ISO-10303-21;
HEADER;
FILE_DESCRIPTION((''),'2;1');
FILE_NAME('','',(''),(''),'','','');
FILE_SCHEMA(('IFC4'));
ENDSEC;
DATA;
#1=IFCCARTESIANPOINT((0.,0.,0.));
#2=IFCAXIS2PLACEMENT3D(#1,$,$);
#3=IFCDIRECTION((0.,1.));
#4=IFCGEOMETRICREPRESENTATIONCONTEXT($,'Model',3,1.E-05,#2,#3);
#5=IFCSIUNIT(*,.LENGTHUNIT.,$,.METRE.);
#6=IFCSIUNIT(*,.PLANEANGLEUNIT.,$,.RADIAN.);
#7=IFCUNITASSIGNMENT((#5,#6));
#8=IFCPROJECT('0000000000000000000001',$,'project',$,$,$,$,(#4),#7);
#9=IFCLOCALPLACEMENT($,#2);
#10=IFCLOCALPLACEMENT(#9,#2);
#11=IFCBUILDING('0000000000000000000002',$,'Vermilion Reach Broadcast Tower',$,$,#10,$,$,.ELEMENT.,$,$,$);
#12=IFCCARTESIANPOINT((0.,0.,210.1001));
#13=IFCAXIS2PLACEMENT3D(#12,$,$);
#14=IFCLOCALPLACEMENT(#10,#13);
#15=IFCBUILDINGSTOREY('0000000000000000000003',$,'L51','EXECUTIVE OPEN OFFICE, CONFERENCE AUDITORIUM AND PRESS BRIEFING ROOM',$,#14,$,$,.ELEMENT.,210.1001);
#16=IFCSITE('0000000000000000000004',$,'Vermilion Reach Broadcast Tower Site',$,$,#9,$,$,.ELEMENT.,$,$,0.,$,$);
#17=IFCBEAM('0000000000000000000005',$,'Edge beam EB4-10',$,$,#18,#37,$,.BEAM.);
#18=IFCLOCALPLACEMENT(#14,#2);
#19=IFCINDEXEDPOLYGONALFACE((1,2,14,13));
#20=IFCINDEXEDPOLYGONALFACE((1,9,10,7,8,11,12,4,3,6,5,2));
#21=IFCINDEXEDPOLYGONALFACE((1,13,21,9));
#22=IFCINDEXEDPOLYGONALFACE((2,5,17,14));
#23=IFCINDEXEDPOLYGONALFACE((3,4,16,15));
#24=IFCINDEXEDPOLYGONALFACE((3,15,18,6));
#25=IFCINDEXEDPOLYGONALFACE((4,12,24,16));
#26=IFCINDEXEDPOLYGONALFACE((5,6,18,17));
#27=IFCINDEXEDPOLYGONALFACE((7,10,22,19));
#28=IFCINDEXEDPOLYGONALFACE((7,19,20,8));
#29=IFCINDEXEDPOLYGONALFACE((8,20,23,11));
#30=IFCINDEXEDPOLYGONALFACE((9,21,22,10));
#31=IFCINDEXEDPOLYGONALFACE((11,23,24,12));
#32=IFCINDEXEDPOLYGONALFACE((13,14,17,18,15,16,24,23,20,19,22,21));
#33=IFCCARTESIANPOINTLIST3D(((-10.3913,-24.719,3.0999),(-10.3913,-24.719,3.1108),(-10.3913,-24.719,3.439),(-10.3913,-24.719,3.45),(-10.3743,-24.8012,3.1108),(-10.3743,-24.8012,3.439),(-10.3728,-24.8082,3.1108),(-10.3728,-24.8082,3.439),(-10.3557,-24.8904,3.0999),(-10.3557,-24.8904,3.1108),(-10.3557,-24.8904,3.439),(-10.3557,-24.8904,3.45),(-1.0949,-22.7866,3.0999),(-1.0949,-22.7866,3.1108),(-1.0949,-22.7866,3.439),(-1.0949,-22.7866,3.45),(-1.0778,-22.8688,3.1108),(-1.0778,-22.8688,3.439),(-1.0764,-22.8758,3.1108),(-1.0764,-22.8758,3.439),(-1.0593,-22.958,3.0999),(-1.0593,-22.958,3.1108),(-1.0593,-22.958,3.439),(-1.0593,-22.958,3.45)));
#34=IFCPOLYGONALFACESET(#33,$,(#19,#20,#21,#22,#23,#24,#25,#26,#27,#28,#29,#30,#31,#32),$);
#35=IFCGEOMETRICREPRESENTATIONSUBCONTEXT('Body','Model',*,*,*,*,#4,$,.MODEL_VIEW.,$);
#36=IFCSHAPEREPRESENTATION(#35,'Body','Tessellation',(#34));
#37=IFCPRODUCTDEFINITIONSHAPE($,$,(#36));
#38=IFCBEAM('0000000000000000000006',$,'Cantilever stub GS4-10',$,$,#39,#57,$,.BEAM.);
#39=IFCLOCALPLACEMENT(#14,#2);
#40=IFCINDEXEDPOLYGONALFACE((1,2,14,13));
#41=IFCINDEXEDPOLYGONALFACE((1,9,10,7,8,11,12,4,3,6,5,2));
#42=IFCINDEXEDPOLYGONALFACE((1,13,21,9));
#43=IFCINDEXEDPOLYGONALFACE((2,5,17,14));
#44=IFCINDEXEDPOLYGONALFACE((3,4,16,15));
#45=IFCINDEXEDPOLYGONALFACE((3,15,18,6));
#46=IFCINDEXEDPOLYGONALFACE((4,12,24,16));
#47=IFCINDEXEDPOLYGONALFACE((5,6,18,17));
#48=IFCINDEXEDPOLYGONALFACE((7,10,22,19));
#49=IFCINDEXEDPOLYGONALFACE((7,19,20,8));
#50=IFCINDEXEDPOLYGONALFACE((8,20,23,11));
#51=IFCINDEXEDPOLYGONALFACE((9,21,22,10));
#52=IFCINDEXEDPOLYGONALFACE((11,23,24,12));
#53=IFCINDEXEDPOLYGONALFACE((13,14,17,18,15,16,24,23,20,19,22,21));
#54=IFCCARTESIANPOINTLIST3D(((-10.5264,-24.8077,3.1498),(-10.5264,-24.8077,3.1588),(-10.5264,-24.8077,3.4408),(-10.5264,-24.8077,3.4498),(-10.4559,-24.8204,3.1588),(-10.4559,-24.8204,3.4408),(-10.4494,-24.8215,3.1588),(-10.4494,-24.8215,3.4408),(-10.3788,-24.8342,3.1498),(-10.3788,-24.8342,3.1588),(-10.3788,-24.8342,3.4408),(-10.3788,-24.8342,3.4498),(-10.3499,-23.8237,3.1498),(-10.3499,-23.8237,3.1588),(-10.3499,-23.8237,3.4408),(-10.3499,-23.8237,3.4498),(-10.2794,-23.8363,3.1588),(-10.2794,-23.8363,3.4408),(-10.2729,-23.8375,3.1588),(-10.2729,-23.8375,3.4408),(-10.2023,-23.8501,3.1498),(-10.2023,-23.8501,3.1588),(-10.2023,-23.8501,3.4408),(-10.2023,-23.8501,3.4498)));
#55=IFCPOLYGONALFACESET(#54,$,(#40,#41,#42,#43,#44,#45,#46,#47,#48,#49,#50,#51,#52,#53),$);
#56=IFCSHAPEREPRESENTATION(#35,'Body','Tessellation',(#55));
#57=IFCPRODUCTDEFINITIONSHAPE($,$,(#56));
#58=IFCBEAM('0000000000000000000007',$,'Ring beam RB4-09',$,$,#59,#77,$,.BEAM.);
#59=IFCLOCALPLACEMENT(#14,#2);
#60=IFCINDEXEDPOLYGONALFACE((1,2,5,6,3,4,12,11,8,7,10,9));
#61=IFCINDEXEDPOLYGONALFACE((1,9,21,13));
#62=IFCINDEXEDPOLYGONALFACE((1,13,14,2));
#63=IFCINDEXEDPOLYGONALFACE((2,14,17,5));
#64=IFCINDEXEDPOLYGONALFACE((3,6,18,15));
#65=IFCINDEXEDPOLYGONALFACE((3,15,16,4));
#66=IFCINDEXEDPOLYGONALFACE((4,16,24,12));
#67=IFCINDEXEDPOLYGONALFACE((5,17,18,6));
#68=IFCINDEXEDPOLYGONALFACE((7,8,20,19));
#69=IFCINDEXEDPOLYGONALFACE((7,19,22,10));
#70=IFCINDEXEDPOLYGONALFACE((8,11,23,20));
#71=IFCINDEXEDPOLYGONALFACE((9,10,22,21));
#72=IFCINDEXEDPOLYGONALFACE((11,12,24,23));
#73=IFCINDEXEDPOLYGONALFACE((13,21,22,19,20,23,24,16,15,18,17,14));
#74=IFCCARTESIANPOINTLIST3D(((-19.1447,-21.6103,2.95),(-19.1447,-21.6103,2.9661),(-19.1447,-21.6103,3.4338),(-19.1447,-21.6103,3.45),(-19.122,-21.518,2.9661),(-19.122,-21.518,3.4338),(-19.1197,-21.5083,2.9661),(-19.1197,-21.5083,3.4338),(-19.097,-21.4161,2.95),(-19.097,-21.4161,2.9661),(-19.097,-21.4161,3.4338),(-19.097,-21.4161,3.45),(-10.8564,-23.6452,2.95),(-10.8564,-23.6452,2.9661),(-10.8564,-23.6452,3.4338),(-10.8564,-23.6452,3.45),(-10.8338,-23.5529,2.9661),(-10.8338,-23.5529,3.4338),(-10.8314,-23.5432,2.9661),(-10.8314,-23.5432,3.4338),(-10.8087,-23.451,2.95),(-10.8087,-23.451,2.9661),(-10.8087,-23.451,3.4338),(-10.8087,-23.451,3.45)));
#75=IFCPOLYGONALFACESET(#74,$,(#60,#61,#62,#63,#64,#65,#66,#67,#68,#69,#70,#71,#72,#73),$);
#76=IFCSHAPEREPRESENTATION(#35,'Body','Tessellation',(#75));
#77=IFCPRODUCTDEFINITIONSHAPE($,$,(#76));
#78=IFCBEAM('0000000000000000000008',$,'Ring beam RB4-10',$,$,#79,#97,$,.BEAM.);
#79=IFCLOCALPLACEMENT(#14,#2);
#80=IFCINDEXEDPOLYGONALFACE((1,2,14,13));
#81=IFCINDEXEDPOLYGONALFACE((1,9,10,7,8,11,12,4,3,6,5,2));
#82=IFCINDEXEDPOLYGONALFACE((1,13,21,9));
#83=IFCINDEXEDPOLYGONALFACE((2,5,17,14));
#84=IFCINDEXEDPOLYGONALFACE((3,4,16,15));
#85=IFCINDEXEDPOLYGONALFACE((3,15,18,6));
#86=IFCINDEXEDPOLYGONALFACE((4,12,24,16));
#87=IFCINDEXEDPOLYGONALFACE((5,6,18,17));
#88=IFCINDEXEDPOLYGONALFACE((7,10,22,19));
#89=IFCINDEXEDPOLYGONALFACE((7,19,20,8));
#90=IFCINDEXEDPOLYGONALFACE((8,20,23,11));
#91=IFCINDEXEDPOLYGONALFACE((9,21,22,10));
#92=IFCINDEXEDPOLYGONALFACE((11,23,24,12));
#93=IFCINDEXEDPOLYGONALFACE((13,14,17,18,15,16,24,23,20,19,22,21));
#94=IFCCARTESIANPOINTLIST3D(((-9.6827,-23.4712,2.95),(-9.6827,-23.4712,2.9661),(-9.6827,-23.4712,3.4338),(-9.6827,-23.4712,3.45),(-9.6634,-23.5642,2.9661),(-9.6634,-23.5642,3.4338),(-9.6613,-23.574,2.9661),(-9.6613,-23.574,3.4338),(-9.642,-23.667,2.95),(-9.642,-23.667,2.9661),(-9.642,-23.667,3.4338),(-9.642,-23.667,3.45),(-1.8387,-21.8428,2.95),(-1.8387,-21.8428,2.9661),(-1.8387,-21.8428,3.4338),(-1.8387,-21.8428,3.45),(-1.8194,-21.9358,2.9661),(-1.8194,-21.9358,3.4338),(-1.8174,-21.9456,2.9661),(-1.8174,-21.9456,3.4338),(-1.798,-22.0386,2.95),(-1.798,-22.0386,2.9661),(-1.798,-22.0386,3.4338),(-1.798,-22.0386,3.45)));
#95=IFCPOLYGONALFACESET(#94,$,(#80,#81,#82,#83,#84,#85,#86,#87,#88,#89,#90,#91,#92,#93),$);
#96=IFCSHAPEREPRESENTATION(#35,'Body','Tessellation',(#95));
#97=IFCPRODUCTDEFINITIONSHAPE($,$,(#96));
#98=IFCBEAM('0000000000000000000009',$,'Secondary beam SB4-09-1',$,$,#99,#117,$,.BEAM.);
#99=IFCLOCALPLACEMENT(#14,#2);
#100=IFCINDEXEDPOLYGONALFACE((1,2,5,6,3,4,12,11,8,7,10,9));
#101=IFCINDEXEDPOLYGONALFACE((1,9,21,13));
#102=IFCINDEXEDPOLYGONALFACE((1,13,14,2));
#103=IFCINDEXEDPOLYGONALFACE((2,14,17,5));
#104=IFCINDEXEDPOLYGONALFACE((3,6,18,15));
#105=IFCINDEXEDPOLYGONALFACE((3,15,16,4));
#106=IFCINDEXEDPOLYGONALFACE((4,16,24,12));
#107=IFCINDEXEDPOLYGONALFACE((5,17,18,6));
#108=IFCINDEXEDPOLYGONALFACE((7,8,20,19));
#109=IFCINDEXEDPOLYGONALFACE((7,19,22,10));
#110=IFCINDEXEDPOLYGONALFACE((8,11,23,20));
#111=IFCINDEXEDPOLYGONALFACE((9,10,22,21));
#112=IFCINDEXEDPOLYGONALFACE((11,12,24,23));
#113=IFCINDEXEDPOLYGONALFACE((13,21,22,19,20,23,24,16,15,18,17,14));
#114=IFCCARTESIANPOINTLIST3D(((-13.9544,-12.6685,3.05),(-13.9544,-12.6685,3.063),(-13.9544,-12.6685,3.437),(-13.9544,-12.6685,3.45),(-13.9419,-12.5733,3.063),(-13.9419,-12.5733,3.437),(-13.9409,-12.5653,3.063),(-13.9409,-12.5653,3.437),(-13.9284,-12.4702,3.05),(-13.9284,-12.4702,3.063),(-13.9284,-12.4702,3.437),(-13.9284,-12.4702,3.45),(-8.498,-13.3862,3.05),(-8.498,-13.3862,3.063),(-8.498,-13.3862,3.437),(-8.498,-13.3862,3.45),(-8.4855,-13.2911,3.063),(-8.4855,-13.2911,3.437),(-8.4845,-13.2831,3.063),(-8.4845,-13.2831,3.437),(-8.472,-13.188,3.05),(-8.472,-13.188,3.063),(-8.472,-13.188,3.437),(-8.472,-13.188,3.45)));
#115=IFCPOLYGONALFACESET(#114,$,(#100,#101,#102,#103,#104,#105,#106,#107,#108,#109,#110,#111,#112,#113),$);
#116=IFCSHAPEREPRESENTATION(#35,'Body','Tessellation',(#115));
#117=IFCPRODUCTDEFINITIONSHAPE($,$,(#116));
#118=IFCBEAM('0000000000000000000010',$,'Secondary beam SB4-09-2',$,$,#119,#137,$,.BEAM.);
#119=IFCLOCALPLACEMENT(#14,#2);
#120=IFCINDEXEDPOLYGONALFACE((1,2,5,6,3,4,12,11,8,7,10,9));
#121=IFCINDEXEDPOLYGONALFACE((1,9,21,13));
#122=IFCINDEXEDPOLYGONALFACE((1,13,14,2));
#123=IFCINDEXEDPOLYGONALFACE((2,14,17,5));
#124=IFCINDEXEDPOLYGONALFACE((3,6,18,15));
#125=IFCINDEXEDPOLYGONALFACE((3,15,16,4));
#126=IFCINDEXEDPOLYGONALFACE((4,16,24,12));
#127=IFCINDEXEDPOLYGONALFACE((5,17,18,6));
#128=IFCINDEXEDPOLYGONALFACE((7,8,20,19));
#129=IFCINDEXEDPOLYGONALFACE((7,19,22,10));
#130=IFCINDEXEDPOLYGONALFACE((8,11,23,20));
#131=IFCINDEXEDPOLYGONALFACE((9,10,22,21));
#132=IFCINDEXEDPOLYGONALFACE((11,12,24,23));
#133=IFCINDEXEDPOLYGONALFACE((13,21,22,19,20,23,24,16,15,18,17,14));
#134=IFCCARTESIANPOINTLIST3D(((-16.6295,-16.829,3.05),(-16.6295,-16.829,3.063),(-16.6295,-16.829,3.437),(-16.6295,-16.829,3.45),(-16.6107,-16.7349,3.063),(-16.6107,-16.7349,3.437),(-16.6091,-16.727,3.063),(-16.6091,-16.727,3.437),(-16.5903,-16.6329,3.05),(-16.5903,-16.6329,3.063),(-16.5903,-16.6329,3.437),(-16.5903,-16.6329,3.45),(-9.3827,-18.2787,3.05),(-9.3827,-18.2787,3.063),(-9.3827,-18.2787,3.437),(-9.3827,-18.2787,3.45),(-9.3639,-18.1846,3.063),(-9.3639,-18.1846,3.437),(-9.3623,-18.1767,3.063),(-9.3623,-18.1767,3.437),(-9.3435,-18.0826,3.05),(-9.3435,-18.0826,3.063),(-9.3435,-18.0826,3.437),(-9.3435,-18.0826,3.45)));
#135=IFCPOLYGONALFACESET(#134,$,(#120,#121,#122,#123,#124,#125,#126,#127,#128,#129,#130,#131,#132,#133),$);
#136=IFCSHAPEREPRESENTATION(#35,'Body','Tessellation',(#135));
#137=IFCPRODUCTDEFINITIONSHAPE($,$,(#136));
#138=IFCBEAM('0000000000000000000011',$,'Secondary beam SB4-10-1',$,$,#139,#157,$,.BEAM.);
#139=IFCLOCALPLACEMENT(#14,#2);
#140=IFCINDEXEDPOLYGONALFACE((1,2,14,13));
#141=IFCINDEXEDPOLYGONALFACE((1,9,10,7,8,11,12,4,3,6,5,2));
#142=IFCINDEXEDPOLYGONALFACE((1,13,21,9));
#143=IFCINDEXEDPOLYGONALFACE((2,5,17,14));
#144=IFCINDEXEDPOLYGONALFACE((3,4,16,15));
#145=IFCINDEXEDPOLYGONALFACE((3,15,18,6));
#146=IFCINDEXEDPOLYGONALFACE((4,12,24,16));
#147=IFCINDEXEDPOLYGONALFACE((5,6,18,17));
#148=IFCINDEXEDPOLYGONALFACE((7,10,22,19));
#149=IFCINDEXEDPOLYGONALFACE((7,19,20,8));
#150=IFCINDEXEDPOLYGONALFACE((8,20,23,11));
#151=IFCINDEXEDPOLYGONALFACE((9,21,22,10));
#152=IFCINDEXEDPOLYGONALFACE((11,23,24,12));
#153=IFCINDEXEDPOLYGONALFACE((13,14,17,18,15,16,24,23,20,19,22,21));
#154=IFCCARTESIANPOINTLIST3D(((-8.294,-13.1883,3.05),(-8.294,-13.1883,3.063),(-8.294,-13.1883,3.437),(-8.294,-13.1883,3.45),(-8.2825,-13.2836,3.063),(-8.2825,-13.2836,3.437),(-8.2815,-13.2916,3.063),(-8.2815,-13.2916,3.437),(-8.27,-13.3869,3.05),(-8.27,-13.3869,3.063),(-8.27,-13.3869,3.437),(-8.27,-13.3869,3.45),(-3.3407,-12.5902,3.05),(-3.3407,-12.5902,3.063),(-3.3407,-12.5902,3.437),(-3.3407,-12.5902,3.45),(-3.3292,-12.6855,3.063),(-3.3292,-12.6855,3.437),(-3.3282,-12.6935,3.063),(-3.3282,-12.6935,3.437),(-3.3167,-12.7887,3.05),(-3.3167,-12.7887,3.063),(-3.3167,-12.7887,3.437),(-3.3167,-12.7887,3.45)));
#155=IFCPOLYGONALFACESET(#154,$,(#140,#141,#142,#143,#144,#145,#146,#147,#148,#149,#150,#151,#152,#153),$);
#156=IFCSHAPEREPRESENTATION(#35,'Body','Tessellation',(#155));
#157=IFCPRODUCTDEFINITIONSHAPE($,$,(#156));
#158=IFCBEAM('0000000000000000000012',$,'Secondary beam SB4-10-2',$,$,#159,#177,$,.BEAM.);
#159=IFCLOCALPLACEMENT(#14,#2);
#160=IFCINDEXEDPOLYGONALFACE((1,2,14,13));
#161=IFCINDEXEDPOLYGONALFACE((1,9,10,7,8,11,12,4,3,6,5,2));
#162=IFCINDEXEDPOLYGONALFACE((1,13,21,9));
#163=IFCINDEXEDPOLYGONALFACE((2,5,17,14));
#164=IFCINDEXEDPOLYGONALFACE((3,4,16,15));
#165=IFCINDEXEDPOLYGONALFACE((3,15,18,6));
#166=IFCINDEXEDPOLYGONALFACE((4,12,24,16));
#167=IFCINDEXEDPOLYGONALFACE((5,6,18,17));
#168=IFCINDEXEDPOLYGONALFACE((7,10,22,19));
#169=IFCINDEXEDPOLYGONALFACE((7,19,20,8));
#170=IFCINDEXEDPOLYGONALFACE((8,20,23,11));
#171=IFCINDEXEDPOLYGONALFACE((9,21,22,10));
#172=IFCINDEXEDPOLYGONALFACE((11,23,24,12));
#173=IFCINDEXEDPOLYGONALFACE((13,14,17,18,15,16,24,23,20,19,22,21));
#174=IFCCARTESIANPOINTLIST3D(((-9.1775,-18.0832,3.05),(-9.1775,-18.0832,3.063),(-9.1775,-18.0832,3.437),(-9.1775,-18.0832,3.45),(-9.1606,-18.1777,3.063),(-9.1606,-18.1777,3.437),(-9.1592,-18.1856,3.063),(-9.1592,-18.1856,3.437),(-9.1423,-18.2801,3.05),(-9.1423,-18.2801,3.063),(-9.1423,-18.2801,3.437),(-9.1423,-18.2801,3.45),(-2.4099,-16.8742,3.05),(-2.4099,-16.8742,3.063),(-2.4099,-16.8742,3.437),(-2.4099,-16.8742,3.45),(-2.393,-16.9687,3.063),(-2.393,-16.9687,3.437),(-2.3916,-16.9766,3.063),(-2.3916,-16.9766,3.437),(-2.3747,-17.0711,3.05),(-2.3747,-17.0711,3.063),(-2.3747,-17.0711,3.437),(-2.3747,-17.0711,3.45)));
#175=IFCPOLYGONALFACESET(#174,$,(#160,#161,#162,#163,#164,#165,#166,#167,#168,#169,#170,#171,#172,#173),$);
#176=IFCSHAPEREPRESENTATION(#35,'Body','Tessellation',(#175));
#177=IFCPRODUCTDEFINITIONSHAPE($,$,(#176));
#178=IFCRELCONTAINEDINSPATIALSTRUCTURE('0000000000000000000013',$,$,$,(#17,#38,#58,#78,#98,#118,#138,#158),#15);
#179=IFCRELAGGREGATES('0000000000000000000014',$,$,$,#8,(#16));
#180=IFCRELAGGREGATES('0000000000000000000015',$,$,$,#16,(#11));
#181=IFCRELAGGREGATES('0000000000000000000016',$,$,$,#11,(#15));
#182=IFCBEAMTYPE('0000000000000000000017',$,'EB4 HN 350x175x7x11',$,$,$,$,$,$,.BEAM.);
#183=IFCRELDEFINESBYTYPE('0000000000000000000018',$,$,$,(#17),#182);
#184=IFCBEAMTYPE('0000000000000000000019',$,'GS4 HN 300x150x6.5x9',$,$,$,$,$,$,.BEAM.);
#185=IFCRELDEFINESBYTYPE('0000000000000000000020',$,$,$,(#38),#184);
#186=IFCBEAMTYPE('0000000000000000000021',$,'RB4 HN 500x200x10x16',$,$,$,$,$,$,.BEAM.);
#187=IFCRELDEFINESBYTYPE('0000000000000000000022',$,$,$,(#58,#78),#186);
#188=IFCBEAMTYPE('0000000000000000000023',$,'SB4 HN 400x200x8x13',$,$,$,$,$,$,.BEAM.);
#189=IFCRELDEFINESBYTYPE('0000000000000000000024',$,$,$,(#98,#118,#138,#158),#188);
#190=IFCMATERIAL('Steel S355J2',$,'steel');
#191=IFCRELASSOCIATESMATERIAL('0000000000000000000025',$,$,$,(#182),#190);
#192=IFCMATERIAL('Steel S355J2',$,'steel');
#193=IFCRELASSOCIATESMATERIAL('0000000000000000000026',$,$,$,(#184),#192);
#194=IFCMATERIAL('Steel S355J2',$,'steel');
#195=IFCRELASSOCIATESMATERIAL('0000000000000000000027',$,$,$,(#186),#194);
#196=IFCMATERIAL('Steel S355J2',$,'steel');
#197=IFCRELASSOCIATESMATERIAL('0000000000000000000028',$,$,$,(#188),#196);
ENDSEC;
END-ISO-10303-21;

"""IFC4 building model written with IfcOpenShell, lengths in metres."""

from ifc_helpers import new_model, si_unit, direction, frame, origin, origin_2d, place, context, subcontext, project, spatial, i_section, extrude, material, material_profile, profile_set, type_object, element, save


model = new_model("IFC4")

# Units and contexts
model_context = context("Model", 3, precision=1e-05, world=origin(), true_north=direction((0.0, 1.0)))
body_context = subcontext(model_context, "Body", "Model", "MODEL_VIEW")
ifc_project = project(units=[si_unit("LENGTHUNIT", "METRE"), si_unit("PLANEANGLEUNIT", "RADIAN")], contexts=[model_context])

# Site, building, storey
site_placement = place(None, origin())
site = spatial("IfcSite", under=ifc_project, at=site_placement, Name="Vermilion Reach Broadcast Tower Site", CompositionType="ELEMENT", RefElevation=0.0)
building_placement = place(site_placement, origin())
building = spatial("IfcBuilding", under=site, at=building_placement, Name="Vermilion Reach Broadcast Tower", CompositionType="ELEMENT")
storey_placement = place(building_placement, frame((0.0, 0.0, 210.1001)))
storey = spatial("IfcBuildingStorey", under=building, at=storey_placement, Name="L51", Description="EXECUTIVE OPEN OFFICE, CONFERENCE AUDITORIUM AND PRESS BRIEFING ROOM", CompositionType="ELEMENT", Elevation=210.1001)

# Beams
ifc_material_1 = material(Name="Steel S355J2", Category="steel")
ifc_material_profile_1 = material_profile(ifc_material_1, i_section(OverallWidth=0.175, OverallDepth=0.3501, WebThickness=0.0071, FlangeThickness=0.011, at=origin_2d()), Name="S355J2 HN 350x175x7x11")
ifc_profile_set_1 = profile_set([ifc_material_profile_1], Name="Steel S355J2")
beam_type_1 = type_object("IfcBeamType", Name="EB4 HN 350x175x7x11", PredefinedType="BEAM", material=ifc_profile_set_1)
beam_1_placement = place(storey_placement, frame((-10.3735, -24.8047, 3.2749), z_axis=(0.979072, 0.203513, 0.0), x_axis=(-0.203513, 0.979072, 0.0)))
element("IfcBeam", 1, at=beam_1_placement, inside=storey, type_object=beam_type_1, Name="Edge beam EB4-10", PredefinedType="BEAM", context=body_context, shape_type="SweptSolid", body=[
    extrude(i_section(OverallWidth=0.175, OverallDepth=0.3501, WebThickness=0.0071, FlangeThickness=0.011, at=origin_2d()), origin(), (0.0, 0.0, 1.0), 9.4951),
])
ifc_material_2 = material(Name="Steel S355J2", Category="steel")
ifc_material_profile_2 = material_profile(ifc_material_2, i_section(OverallWidth=0.1499, OverallDepth=0.3, WebThickness=0.0066, FlangeThickness=0.009, at=origin_2d()), Name="S355J2 HN 300x150x6.5x9")
ifc_profile_set_2 = profile_set([ifc_material_profile_2], Name="Steel S355J2")
beam_type_2 = type_object("IfcBeamType", Name="GS4 HN 300x150x6.5x9", PredefinedType="BEAM", material=ifc_profile_set_2)
beam_2_placement = place(storey_placement, frame((-10.2761, -23.8369, 3.2998), z_axis=(-0.176543, -0.984293, 0.0), x_axis=(0.984293, -0.176543, 0.0)))
element("IfcBeam", 2, at=beam_2_placement, inside=storey, type_object=beam_type_2, Name="Cantilever stub GS4-10", PredefinedType="BEAM", context=body_context, shape_type="SweptSolid", body=[
    extrude(i_section(OverallWidth=0.1499, OverallDepth=0.3, WebThickness=0.0066, FlangeThickness=0.009, at=origin_2d()), origin(), (0.0, 0.0, 1.0), 0.9998),
])
ifc_material_3 = material(Name="Steel S355J2", Category="steel")
ifc_material_profile_3 = material_profile(ifc_material_3, i_section(OverallWidth=0.2, OverallDepth=0.5, WebThickness=0.01, FlangeThickness=0.0161, at=origin_2d()), Name="S355J2 HN 500x200x10x16")
ifc_profile_set_3 = profile_set([ifc_material_profile_3], Name="Steel S355J2")
beam_type_3 = type_object("IfcBeamType", Name="RB4 HN 500x200x10x16", PredefinedType="BEAM", material=ifc_profile_set_3)
beam_3_placement = place(storey_placement, frame((-19.1208, -21.5132, 3.2), z_axis=(0.971159, -0.238434, 0.0), x_axis=(0.238434, 0.971159, 0.0)))
element("IfcBeam", 3, at=beam_3_placement, inside=storey, type_object=beam_type_3, Name="Ring beam RB4-09", PredefinedType="BEAM", context=body_context, shape_type="SweptSolid", body=[
    extrude(i_section(OverallWidth=0.2, OverallDepth=0.5, WebThickness=0.01, FlangeThickness=0.0161, at=origin_2d()), origin(), (0.0, 0.0, 1.0), 8.5344),
])
beam_4_placement = place(storey_placement, frame((-9.6624, -23.5691, 3.2), z_axis=(0.979123, 0.203267, 0.0), x_axis=(-0.203267, 0.979123, 0.0)))
element("IfcBeam", 4, at=beam_4_placement, inside=storey, type_object=beam_type_3, Name="Ring beam RB4-10", PredefinedType="BEAM", context=body_context, shape_type="SweptSolid", body=[
    extrude(i_section(OverallWidth=0.2, OverallDepth=0.5, WebThickness=0.01, FlangeThickness=0.0161, at=origin_2d()), origin(), (0.0, 0.0, 1.0), 8.0112),
])
ifc_material_4 = material(Name="Steel S355J2", Category="steel")
ifc_material_profile_4 = material_profile(ifc_material_4, i_section(OverallWidth=0.2, OverallDepth=0.3999, WebThickness=0.0081, FlangeThickness=0.0129, at=origin_2d()), Name="S355J2 HN 400x200x8x13")
ifc_profile_set_4 = profile_set([ifc_material_profile_4], Name="Steel S355J2")
beam_type_4 = type_object("IfcBeamType", Name="SB4 HN 400x200x8x13", PredefinedType="BEAM", material=ifc_profile_set_4)
beam_5_placement = place(storey_placement, frame((-13.9414, -12.5693, 3.25), z_axis=(0.991458, -0.130426, 0.0), x_axis=(0.130426, 0.991458, 0.0)))
element("IfcBeam", 5, at=beam_5_placement, inside=storey, type_object=beam_type_4, Name="Secondary beam SB4-09-1", PredefinedType="BEAM", context=body_context, shape_type="SweptSolid", body=[
    extrude(i_section(OverallWidth=0.2, OverallDepth=0.3999, WebThickness=0.0081, FlangeThickness=0.0129, at=origin_2d()), origin(), (0.0, 0.0, 1.0), 5.5034),
])
beam_6_placement = place(storey_placement, frame((-16.6099, -16.731, 3.25), z_axis=(0.980572, -0.196161, 0.0), x_axis=(0.196161, 0.980572, 0.0)))
element("IfcBeam", 6, at=beam_6_placement, inside=storey, type_object=beam_type_4, Name="Secondary beam SB4-09-2", PredefinedType="BEAM", context=body_context, shape_type="SweptSolid", body=[
    extrude(i_section(OverallWidth=0.2, OverallDepth=0.3999, WebThickness=0.0081, FlangeThickness=0.0129, at=origin_2d()), origin(), (0.0, 0.0, 1.0), 7.3904),
])
beam_7_placement = place(storey_placement, frame((-8.282, -13.2876, 3.25), z_axis=(0.992788, 0.119884, 0.0), x_axis=(-0.119884, 0.992788, 0.0)))
element("IfcBeam", 7, at=beam_7_placement, inside=storey, type_object=beam_type_4, Name="Secondary beam SB4-10-1", PredefinedType="BEAM", context=body_context, shape_type="SweptSolid", body=[
    extrude(i_section(OverallWidth=0.2, OverallDepth=0.3999, WebThickness=0.0081, FlangeThickness=0.0129, at=origin_2d()), origin(), (0.0, 0.0, 1.0), 4.9893),
])
beam_8_placement = place(storey_placement, frame((-9.1599, -18.1816, 3.25), z_axis=(0.984415, 0.175859, 0.0), x_axis=(-0.175859, 0.984415, 0.0)))
element("IfcBeam", 8, at=beam_8_placement, inside=storey, type_object=beam_type_4, Name="Secondary beam SB4-10-2", PredefinedType="BEAM", context=body_context, shape_type="SweptSolid", body=[
    extrude(i_section(OverallWidth=0.2, OverallDepth=0.3999, WebThickness=0.0081, FlangeThickness=0.0129, at=origin_2d()), origin(), (0.0, 0.0, 1.0), 6.8748),
])

save(model, "model.ifc")
